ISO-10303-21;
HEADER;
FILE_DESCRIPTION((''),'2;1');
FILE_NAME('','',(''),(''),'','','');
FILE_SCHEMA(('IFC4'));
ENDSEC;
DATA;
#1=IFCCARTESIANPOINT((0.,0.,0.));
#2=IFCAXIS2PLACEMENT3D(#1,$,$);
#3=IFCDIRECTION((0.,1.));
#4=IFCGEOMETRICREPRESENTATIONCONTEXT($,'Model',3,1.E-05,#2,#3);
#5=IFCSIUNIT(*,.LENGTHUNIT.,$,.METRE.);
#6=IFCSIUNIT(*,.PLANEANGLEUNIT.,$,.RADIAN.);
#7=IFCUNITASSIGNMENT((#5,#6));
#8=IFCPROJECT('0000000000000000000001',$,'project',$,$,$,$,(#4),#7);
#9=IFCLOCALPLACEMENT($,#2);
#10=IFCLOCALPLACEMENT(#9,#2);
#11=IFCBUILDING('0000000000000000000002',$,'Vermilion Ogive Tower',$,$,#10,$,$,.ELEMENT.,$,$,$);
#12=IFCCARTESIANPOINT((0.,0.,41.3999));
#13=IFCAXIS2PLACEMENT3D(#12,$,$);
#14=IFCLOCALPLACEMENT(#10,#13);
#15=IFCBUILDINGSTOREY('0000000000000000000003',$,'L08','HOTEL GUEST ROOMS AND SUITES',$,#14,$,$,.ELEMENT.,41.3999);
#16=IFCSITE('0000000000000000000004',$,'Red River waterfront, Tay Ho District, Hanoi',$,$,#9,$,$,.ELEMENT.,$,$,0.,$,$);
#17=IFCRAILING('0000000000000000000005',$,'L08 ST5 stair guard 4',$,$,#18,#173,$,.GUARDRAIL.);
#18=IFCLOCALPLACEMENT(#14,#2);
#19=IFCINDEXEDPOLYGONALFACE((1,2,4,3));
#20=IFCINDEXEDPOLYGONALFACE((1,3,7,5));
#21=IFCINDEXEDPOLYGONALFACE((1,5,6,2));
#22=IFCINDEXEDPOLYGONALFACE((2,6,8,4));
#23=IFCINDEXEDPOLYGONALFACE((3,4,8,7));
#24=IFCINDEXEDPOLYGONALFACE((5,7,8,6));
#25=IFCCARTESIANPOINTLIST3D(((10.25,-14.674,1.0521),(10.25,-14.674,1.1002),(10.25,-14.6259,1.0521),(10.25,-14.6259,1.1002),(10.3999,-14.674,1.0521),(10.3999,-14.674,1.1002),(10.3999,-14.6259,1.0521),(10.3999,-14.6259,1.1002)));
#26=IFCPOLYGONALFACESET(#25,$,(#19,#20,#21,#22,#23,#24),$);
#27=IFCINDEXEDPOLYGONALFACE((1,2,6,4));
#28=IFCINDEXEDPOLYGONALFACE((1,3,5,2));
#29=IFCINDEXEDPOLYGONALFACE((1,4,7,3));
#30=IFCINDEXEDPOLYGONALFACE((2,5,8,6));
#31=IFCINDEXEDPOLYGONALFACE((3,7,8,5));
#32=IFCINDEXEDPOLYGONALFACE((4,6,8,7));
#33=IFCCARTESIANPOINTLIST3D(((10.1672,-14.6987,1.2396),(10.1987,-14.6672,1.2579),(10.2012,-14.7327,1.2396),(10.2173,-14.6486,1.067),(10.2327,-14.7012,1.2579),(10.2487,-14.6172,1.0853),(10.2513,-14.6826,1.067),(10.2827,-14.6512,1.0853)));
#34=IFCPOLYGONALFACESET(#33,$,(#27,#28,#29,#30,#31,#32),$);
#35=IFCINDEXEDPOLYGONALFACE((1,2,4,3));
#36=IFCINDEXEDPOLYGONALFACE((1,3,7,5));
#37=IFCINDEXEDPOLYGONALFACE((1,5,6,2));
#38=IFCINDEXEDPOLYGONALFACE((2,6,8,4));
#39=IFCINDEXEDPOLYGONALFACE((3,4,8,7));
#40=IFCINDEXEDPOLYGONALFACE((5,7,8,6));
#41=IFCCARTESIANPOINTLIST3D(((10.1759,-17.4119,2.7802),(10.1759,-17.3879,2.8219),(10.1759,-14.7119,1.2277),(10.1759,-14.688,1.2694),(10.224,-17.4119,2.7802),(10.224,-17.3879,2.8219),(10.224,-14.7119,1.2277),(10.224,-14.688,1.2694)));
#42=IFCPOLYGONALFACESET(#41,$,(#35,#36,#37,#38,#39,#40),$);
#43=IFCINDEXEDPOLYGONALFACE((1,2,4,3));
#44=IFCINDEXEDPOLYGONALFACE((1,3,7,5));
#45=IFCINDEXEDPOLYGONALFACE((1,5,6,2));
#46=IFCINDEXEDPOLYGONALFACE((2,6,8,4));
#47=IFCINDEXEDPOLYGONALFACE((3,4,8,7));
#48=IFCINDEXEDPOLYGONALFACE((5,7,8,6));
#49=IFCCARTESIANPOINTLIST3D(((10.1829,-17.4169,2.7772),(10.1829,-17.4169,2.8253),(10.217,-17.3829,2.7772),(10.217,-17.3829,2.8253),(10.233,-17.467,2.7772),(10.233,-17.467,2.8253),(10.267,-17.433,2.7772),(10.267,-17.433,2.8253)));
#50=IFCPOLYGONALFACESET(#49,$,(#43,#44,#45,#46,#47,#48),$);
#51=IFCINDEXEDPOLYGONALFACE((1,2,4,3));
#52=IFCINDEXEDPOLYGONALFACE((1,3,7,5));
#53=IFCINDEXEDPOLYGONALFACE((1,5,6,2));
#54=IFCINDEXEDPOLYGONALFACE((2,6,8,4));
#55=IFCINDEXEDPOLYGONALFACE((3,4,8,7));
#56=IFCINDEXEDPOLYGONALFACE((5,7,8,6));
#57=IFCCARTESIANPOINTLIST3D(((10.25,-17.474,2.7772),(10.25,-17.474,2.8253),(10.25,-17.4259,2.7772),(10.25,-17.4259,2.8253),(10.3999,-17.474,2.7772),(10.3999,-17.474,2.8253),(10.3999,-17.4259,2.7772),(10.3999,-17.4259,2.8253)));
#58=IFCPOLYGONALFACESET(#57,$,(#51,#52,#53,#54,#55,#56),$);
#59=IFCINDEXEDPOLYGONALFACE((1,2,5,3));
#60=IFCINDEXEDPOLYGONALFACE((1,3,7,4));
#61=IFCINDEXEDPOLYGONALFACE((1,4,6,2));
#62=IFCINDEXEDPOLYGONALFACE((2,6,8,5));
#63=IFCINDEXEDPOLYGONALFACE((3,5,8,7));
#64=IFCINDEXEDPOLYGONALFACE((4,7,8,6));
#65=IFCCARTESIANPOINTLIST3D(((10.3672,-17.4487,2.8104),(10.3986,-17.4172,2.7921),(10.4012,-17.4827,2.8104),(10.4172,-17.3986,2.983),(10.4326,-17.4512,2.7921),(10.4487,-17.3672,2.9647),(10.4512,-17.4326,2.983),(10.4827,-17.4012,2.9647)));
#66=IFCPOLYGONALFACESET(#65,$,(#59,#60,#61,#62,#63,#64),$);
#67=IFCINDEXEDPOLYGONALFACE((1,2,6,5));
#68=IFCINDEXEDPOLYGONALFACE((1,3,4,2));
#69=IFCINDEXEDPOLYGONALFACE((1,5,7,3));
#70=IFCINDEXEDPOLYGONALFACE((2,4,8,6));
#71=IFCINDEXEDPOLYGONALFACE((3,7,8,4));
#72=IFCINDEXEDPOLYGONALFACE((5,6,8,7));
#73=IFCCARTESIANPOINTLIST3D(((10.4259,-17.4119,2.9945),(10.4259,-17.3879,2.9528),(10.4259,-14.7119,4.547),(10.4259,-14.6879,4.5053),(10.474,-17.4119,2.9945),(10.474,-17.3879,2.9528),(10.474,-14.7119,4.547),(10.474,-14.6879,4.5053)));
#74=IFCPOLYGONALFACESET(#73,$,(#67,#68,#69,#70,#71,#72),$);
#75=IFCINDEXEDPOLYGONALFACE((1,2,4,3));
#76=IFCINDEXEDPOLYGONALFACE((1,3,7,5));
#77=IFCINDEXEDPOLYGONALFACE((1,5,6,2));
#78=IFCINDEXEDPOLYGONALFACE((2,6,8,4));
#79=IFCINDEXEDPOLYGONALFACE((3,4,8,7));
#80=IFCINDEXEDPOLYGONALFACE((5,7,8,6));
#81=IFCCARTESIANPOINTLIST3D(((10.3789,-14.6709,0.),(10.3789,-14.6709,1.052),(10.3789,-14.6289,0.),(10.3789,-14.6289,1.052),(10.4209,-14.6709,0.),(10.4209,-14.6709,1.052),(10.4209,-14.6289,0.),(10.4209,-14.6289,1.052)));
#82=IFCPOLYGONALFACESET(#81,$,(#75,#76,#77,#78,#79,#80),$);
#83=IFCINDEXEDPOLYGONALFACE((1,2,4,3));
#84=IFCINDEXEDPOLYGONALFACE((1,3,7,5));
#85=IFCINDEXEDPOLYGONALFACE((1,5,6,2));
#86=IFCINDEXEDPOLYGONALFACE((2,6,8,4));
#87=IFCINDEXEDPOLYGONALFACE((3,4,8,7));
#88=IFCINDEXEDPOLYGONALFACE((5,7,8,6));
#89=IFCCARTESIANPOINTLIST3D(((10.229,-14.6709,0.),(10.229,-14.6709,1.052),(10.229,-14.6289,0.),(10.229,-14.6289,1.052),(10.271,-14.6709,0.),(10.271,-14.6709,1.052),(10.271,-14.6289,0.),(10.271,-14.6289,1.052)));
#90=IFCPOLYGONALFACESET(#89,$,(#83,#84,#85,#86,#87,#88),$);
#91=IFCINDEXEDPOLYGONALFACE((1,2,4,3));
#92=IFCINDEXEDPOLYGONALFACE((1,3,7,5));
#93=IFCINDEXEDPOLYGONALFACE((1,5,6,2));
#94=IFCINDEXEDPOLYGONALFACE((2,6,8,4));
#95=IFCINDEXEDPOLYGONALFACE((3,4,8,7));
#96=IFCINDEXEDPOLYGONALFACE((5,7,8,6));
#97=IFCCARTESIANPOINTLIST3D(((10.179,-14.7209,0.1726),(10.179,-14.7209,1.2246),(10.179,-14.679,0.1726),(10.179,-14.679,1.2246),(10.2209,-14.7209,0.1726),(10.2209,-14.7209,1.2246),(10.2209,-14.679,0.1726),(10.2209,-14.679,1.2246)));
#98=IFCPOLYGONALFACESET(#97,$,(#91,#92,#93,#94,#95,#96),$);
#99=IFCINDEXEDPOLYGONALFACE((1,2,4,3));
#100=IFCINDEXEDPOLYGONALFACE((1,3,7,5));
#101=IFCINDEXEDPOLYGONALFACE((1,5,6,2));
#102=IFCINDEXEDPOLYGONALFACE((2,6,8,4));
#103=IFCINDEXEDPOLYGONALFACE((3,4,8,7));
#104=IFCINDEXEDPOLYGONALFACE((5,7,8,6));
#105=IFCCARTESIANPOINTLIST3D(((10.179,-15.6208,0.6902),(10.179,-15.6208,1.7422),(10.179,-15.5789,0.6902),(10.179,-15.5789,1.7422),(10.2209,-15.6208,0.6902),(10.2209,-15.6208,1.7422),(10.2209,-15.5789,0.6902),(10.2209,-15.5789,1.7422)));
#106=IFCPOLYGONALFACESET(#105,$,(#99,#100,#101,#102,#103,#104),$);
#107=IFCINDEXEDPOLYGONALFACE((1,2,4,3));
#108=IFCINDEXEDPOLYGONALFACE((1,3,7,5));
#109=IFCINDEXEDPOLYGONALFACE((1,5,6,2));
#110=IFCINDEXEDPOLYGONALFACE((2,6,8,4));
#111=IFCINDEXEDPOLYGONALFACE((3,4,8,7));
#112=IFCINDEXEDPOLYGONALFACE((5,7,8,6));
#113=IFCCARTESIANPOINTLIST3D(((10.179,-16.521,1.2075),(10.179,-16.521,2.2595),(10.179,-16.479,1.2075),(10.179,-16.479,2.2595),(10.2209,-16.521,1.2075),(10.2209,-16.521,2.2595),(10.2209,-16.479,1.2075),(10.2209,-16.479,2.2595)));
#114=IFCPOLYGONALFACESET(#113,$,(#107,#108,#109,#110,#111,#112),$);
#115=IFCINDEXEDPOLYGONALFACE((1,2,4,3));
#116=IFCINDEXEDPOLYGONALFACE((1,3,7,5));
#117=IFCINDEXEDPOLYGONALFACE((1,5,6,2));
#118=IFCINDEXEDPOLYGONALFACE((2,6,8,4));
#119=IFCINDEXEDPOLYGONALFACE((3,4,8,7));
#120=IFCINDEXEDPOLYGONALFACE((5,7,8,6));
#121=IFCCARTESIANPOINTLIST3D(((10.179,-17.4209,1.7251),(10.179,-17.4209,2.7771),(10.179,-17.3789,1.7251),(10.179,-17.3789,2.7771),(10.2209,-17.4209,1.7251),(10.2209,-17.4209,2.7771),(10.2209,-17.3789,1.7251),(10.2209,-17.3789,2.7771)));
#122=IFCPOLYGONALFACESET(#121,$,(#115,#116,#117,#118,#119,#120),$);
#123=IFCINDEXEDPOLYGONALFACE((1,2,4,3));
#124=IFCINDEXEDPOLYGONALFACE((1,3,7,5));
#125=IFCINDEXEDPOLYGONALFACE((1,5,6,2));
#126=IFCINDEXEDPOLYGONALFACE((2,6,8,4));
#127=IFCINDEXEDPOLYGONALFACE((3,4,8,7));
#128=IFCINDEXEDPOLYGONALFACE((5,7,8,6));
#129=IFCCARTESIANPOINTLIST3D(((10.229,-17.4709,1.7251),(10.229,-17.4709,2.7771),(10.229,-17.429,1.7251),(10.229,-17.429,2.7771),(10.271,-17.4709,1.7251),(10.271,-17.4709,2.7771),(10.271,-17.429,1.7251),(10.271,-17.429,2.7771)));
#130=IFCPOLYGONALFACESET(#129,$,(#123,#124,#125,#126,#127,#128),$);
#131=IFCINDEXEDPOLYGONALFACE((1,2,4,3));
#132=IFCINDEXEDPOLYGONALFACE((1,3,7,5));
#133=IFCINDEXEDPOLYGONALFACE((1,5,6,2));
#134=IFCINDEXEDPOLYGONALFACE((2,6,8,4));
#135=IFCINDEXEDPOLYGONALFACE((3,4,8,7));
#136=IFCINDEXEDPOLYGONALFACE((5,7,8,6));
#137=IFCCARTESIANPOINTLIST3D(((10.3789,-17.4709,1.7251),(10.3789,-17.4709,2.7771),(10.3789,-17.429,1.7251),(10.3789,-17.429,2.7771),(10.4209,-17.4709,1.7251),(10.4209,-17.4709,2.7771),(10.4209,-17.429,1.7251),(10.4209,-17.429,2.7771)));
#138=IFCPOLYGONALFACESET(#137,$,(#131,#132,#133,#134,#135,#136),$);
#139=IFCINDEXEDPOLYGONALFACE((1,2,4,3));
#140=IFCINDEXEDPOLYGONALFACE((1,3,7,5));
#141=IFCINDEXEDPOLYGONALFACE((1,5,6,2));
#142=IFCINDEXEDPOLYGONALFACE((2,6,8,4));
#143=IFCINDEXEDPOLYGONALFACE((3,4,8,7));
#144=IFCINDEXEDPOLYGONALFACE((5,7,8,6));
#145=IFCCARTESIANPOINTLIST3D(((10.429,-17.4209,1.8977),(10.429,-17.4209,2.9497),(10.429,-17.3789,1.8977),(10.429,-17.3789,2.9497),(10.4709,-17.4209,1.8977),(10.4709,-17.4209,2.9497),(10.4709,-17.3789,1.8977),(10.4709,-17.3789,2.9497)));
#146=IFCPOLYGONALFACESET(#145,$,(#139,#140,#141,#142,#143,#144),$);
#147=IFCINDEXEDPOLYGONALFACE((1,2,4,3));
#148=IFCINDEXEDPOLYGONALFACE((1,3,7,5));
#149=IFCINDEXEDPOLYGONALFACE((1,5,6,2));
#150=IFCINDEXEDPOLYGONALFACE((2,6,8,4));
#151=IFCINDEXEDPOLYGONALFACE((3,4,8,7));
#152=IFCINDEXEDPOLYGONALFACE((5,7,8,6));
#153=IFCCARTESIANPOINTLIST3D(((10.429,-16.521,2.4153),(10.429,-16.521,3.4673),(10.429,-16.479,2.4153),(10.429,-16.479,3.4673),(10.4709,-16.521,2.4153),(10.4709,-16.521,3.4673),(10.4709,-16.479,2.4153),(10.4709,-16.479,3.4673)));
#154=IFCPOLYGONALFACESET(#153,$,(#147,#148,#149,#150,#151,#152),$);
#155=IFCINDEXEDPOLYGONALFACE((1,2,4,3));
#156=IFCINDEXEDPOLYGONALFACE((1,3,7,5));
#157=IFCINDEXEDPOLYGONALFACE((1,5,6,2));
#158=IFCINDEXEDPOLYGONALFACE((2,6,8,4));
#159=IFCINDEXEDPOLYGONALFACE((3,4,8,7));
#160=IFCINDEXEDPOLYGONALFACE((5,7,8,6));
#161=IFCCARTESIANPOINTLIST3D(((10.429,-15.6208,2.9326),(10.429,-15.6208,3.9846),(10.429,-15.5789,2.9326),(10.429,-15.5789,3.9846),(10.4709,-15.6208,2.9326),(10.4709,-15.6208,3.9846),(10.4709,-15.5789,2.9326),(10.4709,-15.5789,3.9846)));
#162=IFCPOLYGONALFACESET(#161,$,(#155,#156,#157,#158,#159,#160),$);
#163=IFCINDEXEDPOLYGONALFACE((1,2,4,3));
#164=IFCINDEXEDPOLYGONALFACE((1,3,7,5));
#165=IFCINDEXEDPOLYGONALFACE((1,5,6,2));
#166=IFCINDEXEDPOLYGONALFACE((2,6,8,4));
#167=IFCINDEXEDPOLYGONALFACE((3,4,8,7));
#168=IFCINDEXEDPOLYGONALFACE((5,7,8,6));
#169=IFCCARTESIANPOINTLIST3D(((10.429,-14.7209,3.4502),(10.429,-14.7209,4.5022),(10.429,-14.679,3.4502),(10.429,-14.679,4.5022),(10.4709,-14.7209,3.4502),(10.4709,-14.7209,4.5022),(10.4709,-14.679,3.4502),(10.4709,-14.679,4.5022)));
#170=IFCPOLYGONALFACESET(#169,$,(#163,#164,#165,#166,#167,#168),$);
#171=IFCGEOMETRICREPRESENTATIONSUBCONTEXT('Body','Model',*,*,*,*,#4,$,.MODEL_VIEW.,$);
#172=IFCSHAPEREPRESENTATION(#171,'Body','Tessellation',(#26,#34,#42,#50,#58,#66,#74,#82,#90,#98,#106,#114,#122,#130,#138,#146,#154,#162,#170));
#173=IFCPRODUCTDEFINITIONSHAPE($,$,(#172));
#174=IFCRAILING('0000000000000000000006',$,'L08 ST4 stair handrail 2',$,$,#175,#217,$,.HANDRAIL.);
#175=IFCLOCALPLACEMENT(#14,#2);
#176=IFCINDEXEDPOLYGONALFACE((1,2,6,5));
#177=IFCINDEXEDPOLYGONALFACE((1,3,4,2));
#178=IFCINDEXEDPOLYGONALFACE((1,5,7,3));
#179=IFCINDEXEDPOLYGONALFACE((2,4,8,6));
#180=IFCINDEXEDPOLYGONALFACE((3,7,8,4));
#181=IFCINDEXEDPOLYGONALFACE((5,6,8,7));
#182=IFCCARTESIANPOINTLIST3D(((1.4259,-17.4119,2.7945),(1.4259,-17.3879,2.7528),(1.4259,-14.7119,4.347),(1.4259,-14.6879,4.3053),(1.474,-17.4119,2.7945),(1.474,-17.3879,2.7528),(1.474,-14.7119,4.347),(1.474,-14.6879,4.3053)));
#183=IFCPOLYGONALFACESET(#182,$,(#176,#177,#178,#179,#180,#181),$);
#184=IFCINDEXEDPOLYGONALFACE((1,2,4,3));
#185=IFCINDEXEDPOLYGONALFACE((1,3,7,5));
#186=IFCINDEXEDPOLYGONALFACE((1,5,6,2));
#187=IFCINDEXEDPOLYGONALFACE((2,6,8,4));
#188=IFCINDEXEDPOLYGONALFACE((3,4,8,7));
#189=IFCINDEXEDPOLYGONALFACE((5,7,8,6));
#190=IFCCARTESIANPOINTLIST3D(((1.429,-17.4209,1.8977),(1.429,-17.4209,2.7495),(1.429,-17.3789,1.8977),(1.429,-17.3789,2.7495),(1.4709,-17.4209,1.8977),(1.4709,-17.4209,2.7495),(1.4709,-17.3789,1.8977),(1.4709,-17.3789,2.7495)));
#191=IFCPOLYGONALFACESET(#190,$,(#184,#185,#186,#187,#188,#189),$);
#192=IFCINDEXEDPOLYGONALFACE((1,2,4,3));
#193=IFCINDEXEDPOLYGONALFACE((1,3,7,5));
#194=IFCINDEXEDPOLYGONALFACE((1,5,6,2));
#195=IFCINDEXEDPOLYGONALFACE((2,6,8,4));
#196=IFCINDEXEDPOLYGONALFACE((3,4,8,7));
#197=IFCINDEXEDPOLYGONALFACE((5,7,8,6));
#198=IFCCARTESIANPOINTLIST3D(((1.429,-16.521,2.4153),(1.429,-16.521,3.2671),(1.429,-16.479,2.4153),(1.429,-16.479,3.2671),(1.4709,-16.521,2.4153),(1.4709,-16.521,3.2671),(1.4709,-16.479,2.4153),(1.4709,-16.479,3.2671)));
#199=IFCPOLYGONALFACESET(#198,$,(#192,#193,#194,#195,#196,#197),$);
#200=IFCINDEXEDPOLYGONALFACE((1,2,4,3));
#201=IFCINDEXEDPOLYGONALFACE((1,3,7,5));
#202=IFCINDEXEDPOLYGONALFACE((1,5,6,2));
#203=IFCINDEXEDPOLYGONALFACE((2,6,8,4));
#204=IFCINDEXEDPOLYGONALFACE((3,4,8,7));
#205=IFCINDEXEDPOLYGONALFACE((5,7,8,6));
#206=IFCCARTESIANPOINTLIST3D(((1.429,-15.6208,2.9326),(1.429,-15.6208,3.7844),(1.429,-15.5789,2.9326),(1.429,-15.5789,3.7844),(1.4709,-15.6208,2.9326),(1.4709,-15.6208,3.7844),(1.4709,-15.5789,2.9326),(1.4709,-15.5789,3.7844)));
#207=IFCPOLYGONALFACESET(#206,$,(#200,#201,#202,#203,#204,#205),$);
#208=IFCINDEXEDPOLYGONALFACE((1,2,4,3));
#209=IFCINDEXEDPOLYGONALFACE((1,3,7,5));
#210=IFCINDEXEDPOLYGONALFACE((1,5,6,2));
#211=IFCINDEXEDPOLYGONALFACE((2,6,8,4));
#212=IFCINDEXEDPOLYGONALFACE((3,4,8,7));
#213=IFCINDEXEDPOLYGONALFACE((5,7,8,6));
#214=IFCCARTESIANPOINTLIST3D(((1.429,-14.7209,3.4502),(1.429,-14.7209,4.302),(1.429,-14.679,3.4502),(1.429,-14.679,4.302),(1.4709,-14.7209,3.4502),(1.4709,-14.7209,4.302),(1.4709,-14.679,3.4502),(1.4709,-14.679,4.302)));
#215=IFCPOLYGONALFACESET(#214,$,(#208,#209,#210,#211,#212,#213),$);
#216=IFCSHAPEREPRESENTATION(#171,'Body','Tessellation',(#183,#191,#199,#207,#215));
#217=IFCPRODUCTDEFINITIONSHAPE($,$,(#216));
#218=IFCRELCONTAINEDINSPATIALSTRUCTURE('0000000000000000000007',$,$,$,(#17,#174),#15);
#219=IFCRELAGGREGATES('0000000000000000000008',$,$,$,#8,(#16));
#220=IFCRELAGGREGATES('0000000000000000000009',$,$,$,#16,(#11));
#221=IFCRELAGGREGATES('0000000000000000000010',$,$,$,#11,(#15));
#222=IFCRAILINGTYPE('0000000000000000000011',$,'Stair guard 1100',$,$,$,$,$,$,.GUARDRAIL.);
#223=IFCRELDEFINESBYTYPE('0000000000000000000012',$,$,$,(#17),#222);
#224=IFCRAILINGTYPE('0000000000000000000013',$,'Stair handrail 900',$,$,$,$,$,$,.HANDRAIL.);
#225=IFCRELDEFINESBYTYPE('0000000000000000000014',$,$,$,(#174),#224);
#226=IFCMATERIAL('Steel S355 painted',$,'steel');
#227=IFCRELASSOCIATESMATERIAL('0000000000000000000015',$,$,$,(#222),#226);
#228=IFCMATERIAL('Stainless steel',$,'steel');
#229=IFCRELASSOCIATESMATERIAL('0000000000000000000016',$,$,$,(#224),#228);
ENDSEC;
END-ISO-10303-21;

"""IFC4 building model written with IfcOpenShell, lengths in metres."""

from ifc_helpers import new_model, si_unit, direction, frame, origin, origin_2d, place, context, subcontext, project, spatial, rectangle, extrude, material, type_object, element, save


model = new_model("IFC4")

# Units and contexts
model_context = context("Model", 3, precision=1e-05, world=origin(), true_north=direction((0.0, 1.0)))
body_context = subcontext(model_context, "Body", "Model", "MODEL_VIEW")
ifc_project = project(units=[si_unit("LENGTHUNIT", "METRE"), si_unit("PLANEANGLEUNIT", "RADIAN")], contexts=[model_context])

# Site, building, storey
site_placement = place(None, origin())
site = spatial("IfcSite", under=ifc_project, at=site_placement, Name="Red River waterfront, Tay Ho District, Hanoi", CompositionType="ELEMENT", RefElevation=0.0)
building_placement = place(site_placement, origin())
building = spatial("IfcBuilding", under=site, at=building_placement, Name="Vermilion Ogive Tower", CompositionType="ELEMENT")
storey_placement = place(building_placement, frame((0.0, 0.0, 41.3999)))
storey = spatial("IfcBuildingStorey", under=building, at=storey_placement, Name="L08", Description="HOTEL GUEST ROOMS AND SUITES", CompositionType="ELEMENT", Elevation=41.3999)

# Railings
ifc_material_1 = material(Name="Steel S355 painted", Category="steel")
railing_type_1 = type_object("IfcRailingType", Name="Stair guard 1100", PredefinedType="GUARDRAIL", material=ifc_material_1)
railing_1_placement = place(storey_placement, frame((10.3999, -14.6499, 0.0)))
element("IfcRailing", 1, at=railing_1_placement, inside=storey, type_object=railing_type_1, Name="L08 ST5 stair guard 4", PredefinedType="GUARDRAIL", context=body_context, shape_type="SweptSolid", body=[
    extrude(rectangle(XDim=0.0481, YDim=0.0481, at=origin_2d()), frame((0.0, 0.0, 1.0762), z_axis=(-1.0, 0.0, 0.0), x_axis=(0.0, -1.0, 0.0)), (0.0, 0.0, 1.0), 0.1499),
    extrude(rectangle(XDim=0.0481, YDim=0.0481, at=origin_2d()), frame((-0.1499, 0.0, 1.0762), z_axis=(-0.268278, -0.268278, 0.925232), x_axis=(0.707107, -0.707107, 0.0)), (0.0, 0.0, 1.0), 0.1865),
    extrude(rectangle(XDim=0.0481, YDim=0.0481, at=origin_2d()), frame((-0.2, -0.05, 1.2485), z_axis=(0.0, -0.866904, 0.498476), x_axis=(1.0, 0.0, 0.0)), (0.0, 0.0, 1.0), 3.1145),
    extrude(rectangle(XDim=0.0481, YDim=0.0481, at=origin_2d()), frame((-0.2, -2.75, 2.8013), z_axis=(0.707107, -0.707107, 0.0), x_axis=(0.707107, 0.707107, 0.0)), (0.0, 0.0, 1.0), 0.0708),
    extrude(rectangle(XDim=0.0481, YDim=0.0481, at=origin_2d()), frame((-0.1499, -2.8, 2.8013), z_axis=(1.0, 0.0, 0.0), x_axis=(0.0, 1.0, 0.0)), (0.0, 0.0, 1.0), 0.1499),
    extrude(rectangle(XDim=0.0481, YDim=0.0481, at=origin_2d()), frame((0.0, -2.8, 2.8013), z_axis=(0.268278, 0.268278, 0.925232), x_axis=(-0.707107, 0.707107, 0.0)), (0.0, 0.0, 1.0), 0.1865),
    extrude(rectangle(XDim=0.0481, YDim=0.0481, at=origin_2d()), frame((0.05, -2.75, 2.9736), z_axis=(0.0, 0.866904, 0.498476), x_axis=(-1.0, 0.0, 0.0)), (0.0, 0.0, 1.0), 3.1145),
    extrude(rectangle(XDim=0.042, YDim=0.042, at=origin_2d()), origin(), (0.0, 0.0, 1.0), 1.052),
    extrude(rectangle(XDim=0.042, YDim=0.042, at=origin_2d()), frame((-0.1499, 0.0, 0.0)), (0.0, 0.0, 1.0), 1.052),
    extrude(rectangle(XDim=0.042, YDim=0.042, at=origin_2d()), frame((-0.2, -0.05, 0.1726)), (0.0, 0.0, 1.0), 1.052),
    extrude(rectangle(XDim=0.042, YDim=0.042, at=origin_2d()), frame((-0.2, -0.95, 0.6902)), (0.0, 0.0, 1.0), 1.052),
    extrude(rectangle(XDim=0.042, YDim=0.042, at=origin_2d()), frame((-0.2, -1.8501, 1.2075)), (0.0, 0.0, 1.0), 1.052),
    extrude(rectangle(XDim=0.042, YDim=0.042, at=origin_2d()), frame((-0.2, -2.75, 1.7251)), (0.0, 0.0, 1.0), 1.052),
    extrude(rectangle(XDim=0.042, YDim=0.042, at=origin_2d()), frame((-0.1499, -2.8, 1.7251)), (0.0, 0.0, 1.0), 1.052),
    extrude(rectangle(XDim=0.042, YDim=0.042, at=origin_2d()), frame((0.0, -2.8, 1.7251)), (0.0, 0.0, 1.0), 1.052),
    extrude(rectangle(XDim=0.042, YDim=0.042, at=origin_2d()), frame((0.05, -2.75, 1.8977)), (0.0, 0.0, 1.0), 1.052),
    extrude(rectangle(XDim=0.042, YDim=0.042, at=origin_2d()), frame((0.05, -1.8501, 2.4153)), (0.0, 0.0, 1.0), 1.052),
    extrude(rectangle(XDim=0.042, YDim=0.042, at=origin_2d()), frame((0.05, -0.95, 2.9326)), (0.0, 0.0, 1.0), 1.052),
    extrude(rectangle(XDim=0.042, YDim=0.042, at=origin_2d()), frame((0.05, -0.05, 3.4502)), (0.0, 0.0, 1.0), 1.052),
])
ifc_material_2 = material(Name="Stainless steel", Category="steel")
railing_type_2 = type_object("IfcRailingType", Name="Stair handrail 900", PredefinedType="HANDRAIL", material=ifc_material_2)
railing_2_placement = place(storey_placement, frame((1.45, -17.3999, 1.8977)))
element("IfcRailing", 2, at=railing_2_placement, inside=storey, type_object=railing_type_2, Name="L08 ST4 stair handrail 2", PredefinedType="HANDRAIL", context=body_context, shape_type="SweptSolid", body=[
    extrude(rectangle(XDim=0.0481, YDim=0.0481, at=origin_2d()), frame((0.0, 0.0, 0.876), z_axis=(0.0, 0.866904, 0.498476), x_axis=(-1.0, 0.0, 0.0)), (0.0, 0.0, 1.0), 3.1145),
    extrude(rectangle(XDim=0.042, YDim=0.042, at=origin_2d()), origin(), (0.0, 0.0, 1.0), 0.8518),
    extrude(rectangle(XDim=0.042, YDim=0.042, at=origin_2d()), frame((0.0, 0.8999, 0.5176)), (0.0, 0.0, 1.0), 0.8518),
    extrude(rectangle(XDim=0.042, YDim=0.042, at=origin_2d()), frame((0.0, 1.8, 1.0349)), (0.0, 0.0, 1.0), 0.8518),
    extrude(rectangle(XDim=0.042, YDim=0.042, at=origin_2d()), frame((0.0, 2.7, 1.5525)), (0.0, 0.0, 1.0), 0.8518),
])

save(model, "model.ifc")
